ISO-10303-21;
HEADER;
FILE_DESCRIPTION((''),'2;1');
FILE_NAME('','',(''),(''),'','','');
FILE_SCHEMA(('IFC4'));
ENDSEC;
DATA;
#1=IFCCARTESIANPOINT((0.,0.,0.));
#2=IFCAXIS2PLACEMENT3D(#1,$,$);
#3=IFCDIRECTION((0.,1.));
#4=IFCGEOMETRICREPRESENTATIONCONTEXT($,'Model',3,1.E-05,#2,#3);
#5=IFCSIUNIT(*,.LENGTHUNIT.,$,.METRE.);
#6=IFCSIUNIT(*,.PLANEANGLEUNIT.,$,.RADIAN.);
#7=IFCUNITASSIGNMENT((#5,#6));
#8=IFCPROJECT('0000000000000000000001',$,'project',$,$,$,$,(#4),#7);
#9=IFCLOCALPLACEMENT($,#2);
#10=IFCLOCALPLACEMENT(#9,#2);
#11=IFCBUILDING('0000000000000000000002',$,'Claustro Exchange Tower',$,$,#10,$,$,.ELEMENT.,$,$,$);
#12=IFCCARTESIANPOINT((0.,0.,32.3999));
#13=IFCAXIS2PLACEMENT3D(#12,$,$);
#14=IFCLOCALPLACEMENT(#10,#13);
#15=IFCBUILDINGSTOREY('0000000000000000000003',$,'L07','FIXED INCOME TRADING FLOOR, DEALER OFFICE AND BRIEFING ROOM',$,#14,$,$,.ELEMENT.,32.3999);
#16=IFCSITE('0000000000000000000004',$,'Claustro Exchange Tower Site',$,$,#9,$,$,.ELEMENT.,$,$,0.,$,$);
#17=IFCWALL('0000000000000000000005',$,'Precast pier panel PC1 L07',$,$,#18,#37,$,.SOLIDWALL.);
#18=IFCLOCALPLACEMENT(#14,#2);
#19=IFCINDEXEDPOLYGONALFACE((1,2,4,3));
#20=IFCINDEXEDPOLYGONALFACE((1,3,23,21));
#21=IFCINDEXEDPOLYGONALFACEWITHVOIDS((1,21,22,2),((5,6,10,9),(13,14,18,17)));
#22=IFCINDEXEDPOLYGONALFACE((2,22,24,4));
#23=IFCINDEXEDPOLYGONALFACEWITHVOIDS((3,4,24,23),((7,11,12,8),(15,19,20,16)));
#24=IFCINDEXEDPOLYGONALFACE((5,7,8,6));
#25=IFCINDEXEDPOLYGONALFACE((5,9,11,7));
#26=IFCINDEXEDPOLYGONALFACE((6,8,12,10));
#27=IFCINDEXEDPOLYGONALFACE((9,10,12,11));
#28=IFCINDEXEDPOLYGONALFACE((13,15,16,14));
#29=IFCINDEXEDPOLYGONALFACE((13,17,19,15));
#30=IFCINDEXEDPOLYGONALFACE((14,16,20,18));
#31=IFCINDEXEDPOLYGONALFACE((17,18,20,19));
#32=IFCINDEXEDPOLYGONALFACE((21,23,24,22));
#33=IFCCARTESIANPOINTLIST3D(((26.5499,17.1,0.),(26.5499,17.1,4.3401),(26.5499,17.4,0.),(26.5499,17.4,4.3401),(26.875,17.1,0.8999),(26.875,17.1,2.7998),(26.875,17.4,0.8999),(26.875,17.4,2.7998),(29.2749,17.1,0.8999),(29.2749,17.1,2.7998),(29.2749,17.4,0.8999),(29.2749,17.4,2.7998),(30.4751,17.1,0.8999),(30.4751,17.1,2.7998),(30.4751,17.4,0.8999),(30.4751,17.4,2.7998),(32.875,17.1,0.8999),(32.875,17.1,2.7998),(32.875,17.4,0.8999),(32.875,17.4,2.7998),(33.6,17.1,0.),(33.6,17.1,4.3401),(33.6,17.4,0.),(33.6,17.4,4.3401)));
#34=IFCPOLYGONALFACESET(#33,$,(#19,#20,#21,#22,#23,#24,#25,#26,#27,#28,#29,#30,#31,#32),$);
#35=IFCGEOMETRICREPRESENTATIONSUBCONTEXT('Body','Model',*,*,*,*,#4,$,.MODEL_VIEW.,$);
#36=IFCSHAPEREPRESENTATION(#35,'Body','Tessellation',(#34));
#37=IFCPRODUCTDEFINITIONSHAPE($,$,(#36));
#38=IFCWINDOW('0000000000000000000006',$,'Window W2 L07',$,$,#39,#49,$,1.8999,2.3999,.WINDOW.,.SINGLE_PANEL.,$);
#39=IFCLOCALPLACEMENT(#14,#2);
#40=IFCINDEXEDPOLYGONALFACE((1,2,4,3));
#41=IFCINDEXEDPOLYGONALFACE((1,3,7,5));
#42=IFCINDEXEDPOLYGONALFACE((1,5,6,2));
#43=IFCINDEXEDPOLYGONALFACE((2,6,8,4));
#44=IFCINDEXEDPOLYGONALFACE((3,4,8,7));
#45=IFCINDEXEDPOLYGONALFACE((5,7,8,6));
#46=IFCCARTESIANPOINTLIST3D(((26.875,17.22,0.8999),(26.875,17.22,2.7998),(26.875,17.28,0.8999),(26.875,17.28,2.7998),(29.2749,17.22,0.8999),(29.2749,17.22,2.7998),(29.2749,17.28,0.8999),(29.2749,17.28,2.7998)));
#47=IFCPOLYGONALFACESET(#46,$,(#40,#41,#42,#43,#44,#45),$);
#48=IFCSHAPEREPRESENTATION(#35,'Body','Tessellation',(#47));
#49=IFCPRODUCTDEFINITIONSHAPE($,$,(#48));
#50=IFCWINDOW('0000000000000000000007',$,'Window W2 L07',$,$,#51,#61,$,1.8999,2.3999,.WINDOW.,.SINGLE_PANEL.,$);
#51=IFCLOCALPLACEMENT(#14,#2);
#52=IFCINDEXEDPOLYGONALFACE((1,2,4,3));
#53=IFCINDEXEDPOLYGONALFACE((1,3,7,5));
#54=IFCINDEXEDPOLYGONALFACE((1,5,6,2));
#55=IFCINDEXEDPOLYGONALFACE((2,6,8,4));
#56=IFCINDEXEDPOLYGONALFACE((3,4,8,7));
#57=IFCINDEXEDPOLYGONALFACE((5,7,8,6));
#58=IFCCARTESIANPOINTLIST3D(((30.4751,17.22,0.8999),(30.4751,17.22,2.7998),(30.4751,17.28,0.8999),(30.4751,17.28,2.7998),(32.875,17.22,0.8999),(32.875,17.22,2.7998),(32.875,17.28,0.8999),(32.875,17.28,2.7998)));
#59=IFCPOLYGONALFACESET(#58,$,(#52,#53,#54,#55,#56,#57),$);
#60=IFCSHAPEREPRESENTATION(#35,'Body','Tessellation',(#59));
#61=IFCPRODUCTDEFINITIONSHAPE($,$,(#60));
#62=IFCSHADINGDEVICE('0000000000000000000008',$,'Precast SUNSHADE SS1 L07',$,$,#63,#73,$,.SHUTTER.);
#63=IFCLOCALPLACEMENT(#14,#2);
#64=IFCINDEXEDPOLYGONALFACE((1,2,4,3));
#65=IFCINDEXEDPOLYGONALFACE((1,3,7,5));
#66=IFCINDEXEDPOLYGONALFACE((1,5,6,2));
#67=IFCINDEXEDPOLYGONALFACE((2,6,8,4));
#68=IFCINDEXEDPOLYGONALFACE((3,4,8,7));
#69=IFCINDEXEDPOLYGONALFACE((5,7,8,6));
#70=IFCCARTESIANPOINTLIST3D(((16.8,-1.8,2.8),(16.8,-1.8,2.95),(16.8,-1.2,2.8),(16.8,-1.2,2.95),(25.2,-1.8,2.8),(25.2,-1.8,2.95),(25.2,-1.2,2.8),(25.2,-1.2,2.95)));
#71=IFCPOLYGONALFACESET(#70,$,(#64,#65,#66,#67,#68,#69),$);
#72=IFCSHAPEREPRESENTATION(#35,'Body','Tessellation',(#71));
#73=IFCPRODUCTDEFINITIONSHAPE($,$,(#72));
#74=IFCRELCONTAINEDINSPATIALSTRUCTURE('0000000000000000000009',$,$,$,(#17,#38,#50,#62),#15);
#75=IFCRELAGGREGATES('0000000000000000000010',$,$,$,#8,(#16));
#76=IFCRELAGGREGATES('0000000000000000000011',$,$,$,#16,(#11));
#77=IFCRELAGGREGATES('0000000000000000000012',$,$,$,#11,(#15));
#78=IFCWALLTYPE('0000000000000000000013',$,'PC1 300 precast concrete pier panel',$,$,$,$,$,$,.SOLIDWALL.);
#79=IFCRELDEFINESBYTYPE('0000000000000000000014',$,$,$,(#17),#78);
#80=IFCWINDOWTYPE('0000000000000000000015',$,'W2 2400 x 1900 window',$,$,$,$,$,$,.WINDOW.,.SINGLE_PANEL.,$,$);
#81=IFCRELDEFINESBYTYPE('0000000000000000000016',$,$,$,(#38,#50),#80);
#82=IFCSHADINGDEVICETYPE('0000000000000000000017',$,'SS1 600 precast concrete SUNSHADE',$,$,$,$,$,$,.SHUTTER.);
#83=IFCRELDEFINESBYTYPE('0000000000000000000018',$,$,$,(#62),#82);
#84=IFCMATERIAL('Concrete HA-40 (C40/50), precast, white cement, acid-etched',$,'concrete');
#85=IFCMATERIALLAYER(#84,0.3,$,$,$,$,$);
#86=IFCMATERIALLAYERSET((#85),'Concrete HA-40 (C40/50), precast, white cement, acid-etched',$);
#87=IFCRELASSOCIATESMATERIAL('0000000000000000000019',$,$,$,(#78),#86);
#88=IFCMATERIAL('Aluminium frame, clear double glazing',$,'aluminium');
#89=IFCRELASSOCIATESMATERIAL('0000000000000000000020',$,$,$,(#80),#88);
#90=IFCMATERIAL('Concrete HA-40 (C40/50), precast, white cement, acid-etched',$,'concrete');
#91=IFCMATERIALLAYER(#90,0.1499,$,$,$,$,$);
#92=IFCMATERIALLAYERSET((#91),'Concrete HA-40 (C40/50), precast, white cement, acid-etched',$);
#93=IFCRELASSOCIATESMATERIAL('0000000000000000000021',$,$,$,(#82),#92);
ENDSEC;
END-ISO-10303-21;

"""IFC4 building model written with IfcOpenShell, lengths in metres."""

from ifc_helpers import new_model, si_unit, direction, frame, frame_2d, origin, origin_2d, place, context, subcontext, project, spatial, rectangle, extrude, material, layer, layer_set, type_object, element, fill, save


model = new_model("IFC4")

# Units and contexts
model_context = context("Model", 3, precision=1e-05, world=origin(), true_north=direction((0.0, 1.0)))
body_context = subcontext(model_context, "Body", "Model", "MODEL_VIEW")
ifc_project = project(units=[si_unit("LENGTHUNIT", "METRE"), si_unit("PLANEANGLEUNIT", "RADIAN")], contexts=[model_context])

# Site, building, storey
site_placement = place(None, origin())
site = spatial("IfcSite", under=ifc_project, at=site_placement, Name="Claustro Exchange Tower Site", CompositionType="ELEMENT", RefElevation=0.0)
building_placement = place(site_placement, origin())
building = spatial("IfcBuilding", under=site, at=building_placement, Name="Claustro Exchange Tower", CompositionType="ELEMENT")
storey_placement = place(building_placement, frame((0.0, 0.0, 32.3999)))
storey = spatial("IfcBuildingStorey", under=building, at=storey_placement, Name="L07", Description="FIXED INCOME TRADING FLOOR, DEALER OFFICE AND BRIEFING ROOM", CompositionType="ELEMENT", Elevation=32.3999)

# Wall, openings, windows
ifc_material_1 = material(Name="Concrete HA-40 (C40/50), precast, white cement, acid-etched", Category="concrete")
ifc_layer_1 = layer(ifc_material_1, 0.3)
ifc_layer_set_1 = layer_set([ifc_layer_1], Name="Concrete HA-40 (C40/50), precast, white cement, acid-etched")
wall_type_1 = type_object("IfcWallType", Name="PC1 300 precast concrete pier panel", PredefinedType="SOLIDWALL", material=ifc_layer_set_1)
wall_1_placement = place(storey_placement, frame((26.55, 17.25, 0.0), z_axis=(0.0, 0.0, 1.0), x_axis=(1.0, 0.0, 0.0)))
wall_1 = element("IfcWall", 1, at=wall_1_placement, inside=storey, type_object=wall_type_1, Name="Precast pier panel PC1 L07", PredefinedType="SOLIDWALL", context=body_context, shape_type="SweptSolid", body=[
    extrude(rectangle(XDim=7.05, YDim=0.3, at=frame_2d((3.5249, 0.0))), origin(), (0.0, 0.0, 1.0), 4.3401),
])
opening_1_placement = place(wall_1_placement, frame((0.325, 0.0, 0.8999)))
opening_1 = element("IfcOpeningElement", 2, at=opening_1_placement, cuts=wall_1, PredefinedType="OPENING", context=body_context, shape_type="SweptSolid", body=[
    extrude(rectangle(XDim=2.3999, YDim=1.8999, at=frame_2d((1.2, 0.95))), frame((0.0, 0.1599, 0.0), z_axis=(0.0, -1.0, 0.0), x_axis=(1.0, 0.0, 0.0)), (0.0, 0.0, 1.0), 0.3201),
])
opening_2_placement = place(wall_1_placement, frame((3.925, 0.0, 0.8999)))
opening_2 = element("IfcOpeningElement", 3, at=opening_2_placement, cuts=wall_1, PredefinedType="OPENING", context=body_context, shape_type="SweptSolid", body=[
    extrude(rectangle(XDim=2.3999, YDim=1.8999, at=frame_2d((1.2, 0.95))), frame((0.0, 0.1599, 0.0), z_axis=(0.0, -1.0, 0.0), x_axis=(1.0, 0.0, 0.0)), (0.0, 0.0, 1.0), 0.3201),
])
ifc_material_2 = material(Name="Aluminium frame, clear double glazing", Category="aluminium")
window_type_1 = type_object("IfcWindowType", Name="W2 2400 x 1900 window", PartitioningType="SINGLE_PANEL", PredefinedType="WINDOW", material=ifc_material_2)
window_1_placement = place(opening_1_placement, origin())
window_1 = element("IfcWindow", 4, at=window_1_placement, inside=storey, type_object=window_type_1, Name="Window W2 L07", OverallHeight=1.8999, OverallWidth=2.3999, PartitioningType="SINGLE_PANEL", PredefinedType="WINDOW", context=body_context, shape_type="SweptSolid", body=[
    extrude(rectangle(XDim=2.3999, YDim=1.8999, at=frame_2d((1.2, 0.95))), frame((0.0, 0.03, 0.0), z_axis=(0.0, -1.0, 0.0), x_axis=(1.0, 0.0, 0.0)), (0.0, 0.0, 1.0), 0.0601),
])
fill(opening_1, window_1)
window_2_placement = place(opening_2_placement, origin())
window_2 = element("IfcWindow", 5, at=window_2_placement, inside=storey, type_object=window_type_1, Name="Window W2 L07", OverallHeight=1.8999, OverallWidth=2.3999, PartitioningType="SINGLE_PANEL", PredefinedType="WINDOW", context=body_context, shape_type="SweptSolid", body=[
    extrude(rectangle(XDim=2.3999, YDim=1.8999, at=frame_2d((1.2, 0.95))), frame((0.0, 0.03, 0.0), z_axis=(0.0, -1.0, 0.0), x_axis=(1.0, 0.0, 0.0)), (0.0, 0.0, 1.0), 0.0601),
])
fill(opening_2, window_2)

# Shading device
ifc_material_3 = material(Name="Concrete HA-40 (C40/50), precast, white cement, acid-etched", Category="concrete")
ifc_layer_2 = layer(ifc_material_3, 0.1499)
ifc_layer_set_2 = layer_set([ifc_layer_2], Name="Concrete HA-40 (C40/50), precast, white cement, acid-etched")
shading_device_type = type_object("IfcShadingDeviceType", Name="SS1 600 precast concrete SUNSHADE", PredefinedType="SHUTTER", material=ifc_layer_set_2)
shading_device_placement = place(storey_placement, frame((21.0, -1.5, 2.8), z_axis=(0.0, 0.0, 1.0), x_axis=(-1.0, 0.0, 0.0)))
element("IfcShadingDevice", 6, at=shading_device_placement, inside=storey, type_object=shading_device_type, Name="Precast SUNSHADE SS1 L07", PredefinedType="SHUTTER", context=body_context, shape_type="SweptSolid", body=[
    extrude(rectangle(XDim=8.3999, YDim=0.6001, at=origin_2d()), origin(), (0.0, 0.0, 1.0), 0.1499),
])

save(model, "model.ifc")
